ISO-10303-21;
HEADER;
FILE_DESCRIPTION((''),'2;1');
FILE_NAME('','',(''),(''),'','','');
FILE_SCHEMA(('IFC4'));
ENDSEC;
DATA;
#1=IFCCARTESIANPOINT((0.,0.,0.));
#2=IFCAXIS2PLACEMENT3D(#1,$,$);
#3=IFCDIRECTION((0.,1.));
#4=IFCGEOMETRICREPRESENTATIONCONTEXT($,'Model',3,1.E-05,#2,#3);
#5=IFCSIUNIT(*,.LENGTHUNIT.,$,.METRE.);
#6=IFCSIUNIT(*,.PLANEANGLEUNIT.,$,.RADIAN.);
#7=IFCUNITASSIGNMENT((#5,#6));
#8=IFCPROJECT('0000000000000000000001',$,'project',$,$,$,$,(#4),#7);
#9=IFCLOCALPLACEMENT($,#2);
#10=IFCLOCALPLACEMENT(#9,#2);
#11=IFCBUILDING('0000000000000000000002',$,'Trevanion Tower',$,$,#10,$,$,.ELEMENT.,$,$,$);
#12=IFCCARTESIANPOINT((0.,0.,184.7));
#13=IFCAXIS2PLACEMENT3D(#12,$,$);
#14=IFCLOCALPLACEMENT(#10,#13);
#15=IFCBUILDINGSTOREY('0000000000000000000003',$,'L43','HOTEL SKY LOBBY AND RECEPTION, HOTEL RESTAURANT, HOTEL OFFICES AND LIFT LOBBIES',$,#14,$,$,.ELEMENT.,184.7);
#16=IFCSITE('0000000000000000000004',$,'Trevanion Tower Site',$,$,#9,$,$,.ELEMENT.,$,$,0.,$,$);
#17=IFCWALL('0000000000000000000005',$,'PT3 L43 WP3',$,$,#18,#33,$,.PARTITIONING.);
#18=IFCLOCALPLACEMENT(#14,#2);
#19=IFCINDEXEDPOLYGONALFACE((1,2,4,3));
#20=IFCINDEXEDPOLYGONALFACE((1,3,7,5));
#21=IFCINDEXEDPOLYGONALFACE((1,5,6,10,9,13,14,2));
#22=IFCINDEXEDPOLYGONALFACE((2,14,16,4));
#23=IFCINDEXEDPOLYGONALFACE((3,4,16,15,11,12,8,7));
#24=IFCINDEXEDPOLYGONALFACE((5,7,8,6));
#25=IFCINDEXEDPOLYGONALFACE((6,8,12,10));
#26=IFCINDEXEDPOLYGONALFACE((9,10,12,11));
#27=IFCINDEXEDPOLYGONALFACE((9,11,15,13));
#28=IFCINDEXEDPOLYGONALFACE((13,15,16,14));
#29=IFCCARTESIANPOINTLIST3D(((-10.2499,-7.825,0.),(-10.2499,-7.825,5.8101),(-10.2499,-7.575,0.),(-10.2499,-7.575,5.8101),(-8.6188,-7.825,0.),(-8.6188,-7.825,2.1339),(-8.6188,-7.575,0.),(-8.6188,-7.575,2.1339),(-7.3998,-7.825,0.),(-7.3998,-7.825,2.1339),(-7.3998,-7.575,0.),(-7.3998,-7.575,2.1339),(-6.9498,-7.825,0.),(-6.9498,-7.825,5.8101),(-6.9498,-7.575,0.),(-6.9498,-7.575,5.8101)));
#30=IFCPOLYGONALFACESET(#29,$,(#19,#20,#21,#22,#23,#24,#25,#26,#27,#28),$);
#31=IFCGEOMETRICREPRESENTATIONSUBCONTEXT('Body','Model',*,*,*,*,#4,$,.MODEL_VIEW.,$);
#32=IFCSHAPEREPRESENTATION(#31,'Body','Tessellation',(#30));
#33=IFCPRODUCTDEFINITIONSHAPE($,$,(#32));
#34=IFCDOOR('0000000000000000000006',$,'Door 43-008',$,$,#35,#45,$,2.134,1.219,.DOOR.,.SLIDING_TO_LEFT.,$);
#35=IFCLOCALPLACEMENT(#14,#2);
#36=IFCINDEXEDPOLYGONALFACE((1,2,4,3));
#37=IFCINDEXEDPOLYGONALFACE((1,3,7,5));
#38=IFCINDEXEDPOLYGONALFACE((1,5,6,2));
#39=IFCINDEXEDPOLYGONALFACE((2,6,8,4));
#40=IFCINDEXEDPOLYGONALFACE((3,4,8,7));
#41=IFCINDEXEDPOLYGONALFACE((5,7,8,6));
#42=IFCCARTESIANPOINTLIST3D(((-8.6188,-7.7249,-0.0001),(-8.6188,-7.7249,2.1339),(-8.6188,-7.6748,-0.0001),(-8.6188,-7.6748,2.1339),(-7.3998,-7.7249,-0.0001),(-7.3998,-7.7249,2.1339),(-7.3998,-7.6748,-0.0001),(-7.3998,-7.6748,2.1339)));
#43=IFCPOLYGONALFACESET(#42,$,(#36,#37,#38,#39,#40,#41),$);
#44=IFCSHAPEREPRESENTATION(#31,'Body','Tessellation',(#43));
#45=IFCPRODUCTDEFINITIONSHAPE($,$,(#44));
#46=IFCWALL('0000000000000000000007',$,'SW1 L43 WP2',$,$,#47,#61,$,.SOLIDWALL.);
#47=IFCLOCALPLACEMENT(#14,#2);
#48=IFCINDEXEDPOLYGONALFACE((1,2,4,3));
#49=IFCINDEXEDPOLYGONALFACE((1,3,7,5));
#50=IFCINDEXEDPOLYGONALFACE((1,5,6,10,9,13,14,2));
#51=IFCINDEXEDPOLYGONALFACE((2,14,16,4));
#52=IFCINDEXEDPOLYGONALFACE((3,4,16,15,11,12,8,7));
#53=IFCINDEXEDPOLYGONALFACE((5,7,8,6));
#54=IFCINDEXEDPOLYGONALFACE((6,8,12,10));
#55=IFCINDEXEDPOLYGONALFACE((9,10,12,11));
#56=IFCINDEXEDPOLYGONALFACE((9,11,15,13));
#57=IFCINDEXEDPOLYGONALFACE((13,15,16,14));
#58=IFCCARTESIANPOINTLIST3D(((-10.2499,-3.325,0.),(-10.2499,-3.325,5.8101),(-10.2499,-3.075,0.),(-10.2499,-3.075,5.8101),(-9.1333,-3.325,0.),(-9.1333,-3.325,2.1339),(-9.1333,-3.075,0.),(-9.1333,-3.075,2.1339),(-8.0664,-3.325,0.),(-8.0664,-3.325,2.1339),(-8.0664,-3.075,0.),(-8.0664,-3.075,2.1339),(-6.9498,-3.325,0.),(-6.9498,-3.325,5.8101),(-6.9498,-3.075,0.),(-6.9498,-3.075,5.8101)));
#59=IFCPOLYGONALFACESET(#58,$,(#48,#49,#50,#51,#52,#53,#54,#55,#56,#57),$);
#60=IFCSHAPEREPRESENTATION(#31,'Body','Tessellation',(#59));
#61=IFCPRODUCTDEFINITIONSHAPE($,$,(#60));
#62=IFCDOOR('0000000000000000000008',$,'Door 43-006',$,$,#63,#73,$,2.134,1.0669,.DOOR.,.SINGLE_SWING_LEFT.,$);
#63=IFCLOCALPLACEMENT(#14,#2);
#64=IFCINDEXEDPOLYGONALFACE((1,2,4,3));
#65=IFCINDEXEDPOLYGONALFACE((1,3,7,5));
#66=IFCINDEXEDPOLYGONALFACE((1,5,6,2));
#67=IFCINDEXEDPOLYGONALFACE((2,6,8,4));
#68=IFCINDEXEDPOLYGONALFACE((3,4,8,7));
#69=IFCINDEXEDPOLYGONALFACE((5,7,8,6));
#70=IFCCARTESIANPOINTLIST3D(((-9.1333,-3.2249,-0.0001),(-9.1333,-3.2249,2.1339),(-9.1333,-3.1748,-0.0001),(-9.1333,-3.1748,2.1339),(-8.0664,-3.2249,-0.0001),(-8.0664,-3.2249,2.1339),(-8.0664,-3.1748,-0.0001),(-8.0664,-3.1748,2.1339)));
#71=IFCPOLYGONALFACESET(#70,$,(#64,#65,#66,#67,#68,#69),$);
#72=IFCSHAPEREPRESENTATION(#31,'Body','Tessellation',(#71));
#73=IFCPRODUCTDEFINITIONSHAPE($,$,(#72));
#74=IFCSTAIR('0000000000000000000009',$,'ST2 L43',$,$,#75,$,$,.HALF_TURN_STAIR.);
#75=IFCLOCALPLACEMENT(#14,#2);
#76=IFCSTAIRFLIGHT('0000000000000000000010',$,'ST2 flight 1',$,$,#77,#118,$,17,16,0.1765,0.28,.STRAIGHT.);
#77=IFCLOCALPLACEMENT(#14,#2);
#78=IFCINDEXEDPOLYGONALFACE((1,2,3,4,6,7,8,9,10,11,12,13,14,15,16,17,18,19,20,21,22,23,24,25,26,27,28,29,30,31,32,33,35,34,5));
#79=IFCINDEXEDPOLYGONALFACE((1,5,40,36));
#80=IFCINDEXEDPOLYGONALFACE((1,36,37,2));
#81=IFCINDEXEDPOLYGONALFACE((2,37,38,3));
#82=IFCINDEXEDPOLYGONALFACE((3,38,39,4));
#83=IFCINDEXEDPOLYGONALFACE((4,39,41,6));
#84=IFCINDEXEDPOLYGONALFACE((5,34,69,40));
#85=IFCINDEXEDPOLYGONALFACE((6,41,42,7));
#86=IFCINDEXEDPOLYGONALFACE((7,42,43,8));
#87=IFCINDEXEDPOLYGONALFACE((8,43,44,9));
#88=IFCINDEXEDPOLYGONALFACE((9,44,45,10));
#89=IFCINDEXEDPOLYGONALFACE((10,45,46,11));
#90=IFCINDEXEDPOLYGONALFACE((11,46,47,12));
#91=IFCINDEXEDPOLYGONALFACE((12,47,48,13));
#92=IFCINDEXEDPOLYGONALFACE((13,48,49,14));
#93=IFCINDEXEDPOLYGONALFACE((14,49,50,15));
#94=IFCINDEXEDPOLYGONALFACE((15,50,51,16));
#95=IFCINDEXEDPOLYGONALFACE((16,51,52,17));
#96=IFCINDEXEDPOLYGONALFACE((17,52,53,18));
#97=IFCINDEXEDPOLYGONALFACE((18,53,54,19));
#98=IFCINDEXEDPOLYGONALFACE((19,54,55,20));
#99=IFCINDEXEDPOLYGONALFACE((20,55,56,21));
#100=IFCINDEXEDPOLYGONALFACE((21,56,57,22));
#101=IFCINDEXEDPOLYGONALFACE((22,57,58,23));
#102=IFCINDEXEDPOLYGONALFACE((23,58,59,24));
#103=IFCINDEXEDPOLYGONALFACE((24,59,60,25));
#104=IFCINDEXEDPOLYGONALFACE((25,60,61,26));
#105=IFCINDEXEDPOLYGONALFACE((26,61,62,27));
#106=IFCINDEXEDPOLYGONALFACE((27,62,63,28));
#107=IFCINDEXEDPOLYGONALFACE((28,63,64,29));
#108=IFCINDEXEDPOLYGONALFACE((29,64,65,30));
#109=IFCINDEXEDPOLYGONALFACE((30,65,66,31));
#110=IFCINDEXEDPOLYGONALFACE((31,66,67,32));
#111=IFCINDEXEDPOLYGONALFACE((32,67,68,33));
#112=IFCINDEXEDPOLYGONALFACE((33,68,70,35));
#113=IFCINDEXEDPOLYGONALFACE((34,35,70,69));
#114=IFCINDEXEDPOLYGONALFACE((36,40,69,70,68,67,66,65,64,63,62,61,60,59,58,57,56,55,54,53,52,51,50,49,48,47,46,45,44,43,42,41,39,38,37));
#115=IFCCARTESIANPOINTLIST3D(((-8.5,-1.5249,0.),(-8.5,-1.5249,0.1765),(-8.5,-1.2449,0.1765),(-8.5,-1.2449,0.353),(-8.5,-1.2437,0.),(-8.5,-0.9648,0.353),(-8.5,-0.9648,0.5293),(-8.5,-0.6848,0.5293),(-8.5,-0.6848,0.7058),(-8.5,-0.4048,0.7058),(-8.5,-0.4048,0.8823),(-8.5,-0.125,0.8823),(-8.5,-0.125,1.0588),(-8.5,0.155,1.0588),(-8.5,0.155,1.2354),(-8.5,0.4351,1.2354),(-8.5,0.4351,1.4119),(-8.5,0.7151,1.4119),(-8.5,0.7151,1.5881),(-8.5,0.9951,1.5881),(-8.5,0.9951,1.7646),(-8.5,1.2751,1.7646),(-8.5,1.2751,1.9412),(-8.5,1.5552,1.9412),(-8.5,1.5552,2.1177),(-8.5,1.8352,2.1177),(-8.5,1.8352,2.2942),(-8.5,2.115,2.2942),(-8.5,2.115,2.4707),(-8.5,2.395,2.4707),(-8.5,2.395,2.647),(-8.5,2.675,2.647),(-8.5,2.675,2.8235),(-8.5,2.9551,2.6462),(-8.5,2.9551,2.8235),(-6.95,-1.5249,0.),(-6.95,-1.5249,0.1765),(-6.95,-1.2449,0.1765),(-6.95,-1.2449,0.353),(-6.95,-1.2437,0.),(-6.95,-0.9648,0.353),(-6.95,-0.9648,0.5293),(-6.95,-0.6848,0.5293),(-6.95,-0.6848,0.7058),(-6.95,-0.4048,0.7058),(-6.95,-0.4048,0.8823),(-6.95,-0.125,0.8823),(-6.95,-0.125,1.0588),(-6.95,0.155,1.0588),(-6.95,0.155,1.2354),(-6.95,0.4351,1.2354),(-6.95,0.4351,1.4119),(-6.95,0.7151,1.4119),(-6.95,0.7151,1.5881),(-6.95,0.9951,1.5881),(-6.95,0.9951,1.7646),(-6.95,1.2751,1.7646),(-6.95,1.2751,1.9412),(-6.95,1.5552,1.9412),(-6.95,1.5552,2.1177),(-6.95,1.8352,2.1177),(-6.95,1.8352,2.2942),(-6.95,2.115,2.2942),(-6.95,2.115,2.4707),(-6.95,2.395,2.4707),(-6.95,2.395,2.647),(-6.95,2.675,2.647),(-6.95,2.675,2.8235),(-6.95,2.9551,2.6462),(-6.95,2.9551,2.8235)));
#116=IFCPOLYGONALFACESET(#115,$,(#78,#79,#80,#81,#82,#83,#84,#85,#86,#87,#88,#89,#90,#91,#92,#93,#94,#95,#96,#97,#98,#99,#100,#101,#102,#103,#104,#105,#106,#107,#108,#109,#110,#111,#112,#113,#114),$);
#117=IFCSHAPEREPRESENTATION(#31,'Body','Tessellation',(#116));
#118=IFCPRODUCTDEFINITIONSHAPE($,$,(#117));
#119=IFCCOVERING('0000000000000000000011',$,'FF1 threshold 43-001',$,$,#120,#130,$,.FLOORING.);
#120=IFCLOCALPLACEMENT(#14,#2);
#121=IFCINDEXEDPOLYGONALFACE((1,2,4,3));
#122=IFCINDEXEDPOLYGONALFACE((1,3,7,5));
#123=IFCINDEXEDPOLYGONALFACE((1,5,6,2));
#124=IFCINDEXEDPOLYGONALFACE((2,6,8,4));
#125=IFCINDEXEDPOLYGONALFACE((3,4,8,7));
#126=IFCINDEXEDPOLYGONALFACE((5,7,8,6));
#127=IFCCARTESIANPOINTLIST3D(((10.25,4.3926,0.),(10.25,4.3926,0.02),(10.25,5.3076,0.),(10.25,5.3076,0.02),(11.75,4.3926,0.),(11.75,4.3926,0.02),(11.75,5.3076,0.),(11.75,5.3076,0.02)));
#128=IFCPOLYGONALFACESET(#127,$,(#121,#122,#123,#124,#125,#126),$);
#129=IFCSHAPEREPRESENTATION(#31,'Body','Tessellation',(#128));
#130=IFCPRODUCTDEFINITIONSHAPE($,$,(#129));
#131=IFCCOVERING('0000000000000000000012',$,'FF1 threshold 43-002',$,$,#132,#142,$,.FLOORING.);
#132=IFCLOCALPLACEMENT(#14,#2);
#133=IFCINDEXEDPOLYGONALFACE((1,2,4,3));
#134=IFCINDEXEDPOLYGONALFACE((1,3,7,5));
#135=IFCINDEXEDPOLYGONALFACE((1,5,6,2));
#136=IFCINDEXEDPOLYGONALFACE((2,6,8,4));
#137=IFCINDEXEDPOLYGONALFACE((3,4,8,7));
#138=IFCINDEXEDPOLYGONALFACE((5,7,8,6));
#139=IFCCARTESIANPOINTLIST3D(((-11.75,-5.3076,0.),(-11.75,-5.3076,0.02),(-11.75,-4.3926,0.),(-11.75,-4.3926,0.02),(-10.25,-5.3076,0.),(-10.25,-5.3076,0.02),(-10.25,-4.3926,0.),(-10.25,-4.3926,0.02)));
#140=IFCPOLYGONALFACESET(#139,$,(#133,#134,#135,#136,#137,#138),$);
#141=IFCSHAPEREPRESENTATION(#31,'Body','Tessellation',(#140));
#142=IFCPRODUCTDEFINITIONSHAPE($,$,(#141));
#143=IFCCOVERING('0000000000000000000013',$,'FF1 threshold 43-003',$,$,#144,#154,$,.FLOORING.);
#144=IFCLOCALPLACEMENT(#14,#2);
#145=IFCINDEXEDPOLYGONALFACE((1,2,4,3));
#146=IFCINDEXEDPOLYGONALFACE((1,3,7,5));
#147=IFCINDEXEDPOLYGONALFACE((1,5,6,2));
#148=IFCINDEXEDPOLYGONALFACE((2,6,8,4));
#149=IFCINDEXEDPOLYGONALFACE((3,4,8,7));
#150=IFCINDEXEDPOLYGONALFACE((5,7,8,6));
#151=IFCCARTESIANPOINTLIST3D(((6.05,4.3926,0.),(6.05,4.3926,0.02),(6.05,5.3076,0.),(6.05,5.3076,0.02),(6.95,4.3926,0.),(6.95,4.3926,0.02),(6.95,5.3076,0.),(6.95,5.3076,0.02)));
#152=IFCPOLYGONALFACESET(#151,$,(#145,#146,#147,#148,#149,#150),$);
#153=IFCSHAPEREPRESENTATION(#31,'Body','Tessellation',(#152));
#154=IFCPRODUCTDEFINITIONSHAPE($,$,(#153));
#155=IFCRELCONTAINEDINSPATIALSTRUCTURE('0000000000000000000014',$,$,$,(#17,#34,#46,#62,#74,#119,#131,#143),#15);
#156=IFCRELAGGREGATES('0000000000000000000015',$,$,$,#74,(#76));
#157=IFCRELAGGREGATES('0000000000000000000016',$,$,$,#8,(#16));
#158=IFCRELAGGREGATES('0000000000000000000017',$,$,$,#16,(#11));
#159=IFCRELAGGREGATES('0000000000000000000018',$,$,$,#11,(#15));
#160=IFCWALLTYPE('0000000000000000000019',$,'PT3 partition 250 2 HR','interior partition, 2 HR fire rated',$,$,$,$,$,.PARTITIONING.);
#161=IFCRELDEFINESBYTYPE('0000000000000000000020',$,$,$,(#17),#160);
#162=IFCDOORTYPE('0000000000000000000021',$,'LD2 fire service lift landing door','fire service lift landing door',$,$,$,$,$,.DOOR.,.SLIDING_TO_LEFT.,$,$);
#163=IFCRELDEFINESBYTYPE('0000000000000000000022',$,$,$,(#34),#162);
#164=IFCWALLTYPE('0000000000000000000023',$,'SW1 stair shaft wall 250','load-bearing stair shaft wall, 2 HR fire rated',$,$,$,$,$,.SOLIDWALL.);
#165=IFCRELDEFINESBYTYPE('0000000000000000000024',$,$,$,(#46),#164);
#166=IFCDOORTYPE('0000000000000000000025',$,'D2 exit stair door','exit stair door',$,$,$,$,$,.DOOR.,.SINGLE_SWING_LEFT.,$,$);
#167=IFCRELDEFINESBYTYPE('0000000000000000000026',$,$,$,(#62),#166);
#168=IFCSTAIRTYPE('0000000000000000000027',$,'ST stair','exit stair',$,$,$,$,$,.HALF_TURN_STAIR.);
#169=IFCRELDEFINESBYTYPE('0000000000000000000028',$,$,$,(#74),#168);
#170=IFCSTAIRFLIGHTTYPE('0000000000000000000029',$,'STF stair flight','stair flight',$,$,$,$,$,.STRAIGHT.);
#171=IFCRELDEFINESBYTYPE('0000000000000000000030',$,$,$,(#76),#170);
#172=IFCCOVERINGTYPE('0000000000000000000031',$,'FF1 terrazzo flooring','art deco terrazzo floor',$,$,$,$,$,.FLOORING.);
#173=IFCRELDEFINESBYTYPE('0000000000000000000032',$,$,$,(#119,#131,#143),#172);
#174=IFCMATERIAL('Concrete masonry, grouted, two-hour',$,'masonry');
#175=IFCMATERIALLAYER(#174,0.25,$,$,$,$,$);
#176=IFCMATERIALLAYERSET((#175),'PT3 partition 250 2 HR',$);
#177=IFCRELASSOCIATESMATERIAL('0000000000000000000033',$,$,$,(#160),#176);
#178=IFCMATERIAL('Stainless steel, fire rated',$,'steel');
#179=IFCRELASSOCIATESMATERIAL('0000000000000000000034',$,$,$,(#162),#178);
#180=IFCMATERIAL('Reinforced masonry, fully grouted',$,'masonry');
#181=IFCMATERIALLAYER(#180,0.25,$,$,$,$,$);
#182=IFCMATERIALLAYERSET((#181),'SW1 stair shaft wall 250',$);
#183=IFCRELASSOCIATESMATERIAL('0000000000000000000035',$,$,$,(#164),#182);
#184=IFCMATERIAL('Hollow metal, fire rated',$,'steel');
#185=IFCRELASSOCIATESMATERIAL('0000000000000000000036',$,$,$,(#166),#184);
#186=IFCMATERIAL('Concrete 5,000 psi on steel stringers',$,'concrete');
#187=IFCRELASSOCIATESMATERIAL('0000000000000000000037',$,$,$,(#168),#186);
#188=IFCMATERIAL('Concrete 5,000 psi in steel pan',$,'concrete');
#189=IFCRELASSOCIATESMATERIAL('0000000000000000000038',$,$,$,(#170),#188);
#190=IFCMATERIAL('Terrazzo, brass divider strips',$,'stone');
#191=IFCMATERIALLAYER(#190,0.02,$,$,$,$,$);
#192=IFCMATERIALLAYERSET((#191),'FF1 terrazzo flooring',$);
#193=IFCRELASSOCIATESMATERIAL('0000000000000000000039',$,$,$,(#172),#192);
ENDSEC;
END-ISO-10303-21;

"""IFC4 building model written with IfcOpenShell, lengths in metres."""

from ifc_helpers import new_model, si_unit, direction, frame, frame_2d, origin, place, context, subcontext, project, spatial, polyline, rectangle, outline, extrude, material, layer, layer_set, type_object, element, fill, aggregate, save


model = new_model("IFC4")

# Units and contexts
model_context = context("Model", 3, precision=1e-05, world=origin(), true_north=direction((0.0, 1.0)))
body_context = subcontext(model_context, "Body", "Model", "MODEL_VIEW")
ifc_project = project(units=[si_unit("LENGTHUNIT", "METRE"), si_unit("PLANEANGLEUNIT", "RADIAN")], contexts=[model_context])

# Site, building, storey
site_placement = place(None, origin())
site = spatial("IfcSite", under=ifc_project, at=site_placement, Name="Trevanion Tower Site", CompositionType="ELEMENT", RefElevation=0.0)
building_placement = place(site_placement, origin())
building = spatial("IfcBuilding", under=site, at=building_placement, Name="Trevanion Tower", CompositionType="ELEMENT")
storey_placement = place(building_placement, frame((0.0, 0.0, 184.7)))
storey = spatial("IfcBuildingStorey", under=building, at=storey_placement, Name="L43", Description="HOTEL SKY LOBBY AND RECEPTION, HOTEL RESTAURANT, HOTEL OFFICES AND LIFT LOBBIES", CompositionType="ELEMENT", Elevation=184.7)

# Walls, openings, doors
ifc_material_1 = material(Name="Concrete masonry, grouted, two-hour", Category="masonry")
ifc_layer_1 = layer(ifc_material_1, 0.25)
ifc_layer_set_1 = layer_set([ifc_layer_1], Name="PT3 partition 250 2 HR")
wall_type_1 = type_object("IfcWallType", Name="PT3 partition 250 2 HR", Description="interior partition, 2 HR fire rated", PredefinedType="PARTITIONING", material=ifc_layer_set_1)
wall_1_placement = place(storey_placement, frame((-6.95, -7.7, 0.0), z_axis=(0.0, 0.0, 1.0), x_axis=(-1.0, 0.0, 0.0)))
wall_1 = element("IfcWall", 1, at=wall_1_placement, inside=storey, type_object=wall_type_1, Name="PT3 L43 WP3", PredefinedType="PARTITIONING", context=body_context, shape_type="SweptSolid", body=[
    extrude(rectangle(XDim=3.3, YDim=0.25, at=frame_2d((1.6499, 0.0))), origin(), (0.0, 0.0, 1.0), 5.8101),
])
opening_1_placement = place(wall_1_placement, frame((0.45, 0.0, 0.0)))
opening_1 = element("IfcOpeningElement", 2, at=opening_1_placement, cuts=wall_1, PredefinedType="OPENING", context=body_context, shape_type="SweptSolid", body=[
    extrude(rectangle(XDim=1.219, YDim=2.134, at=frame_2d((0.6094, 1.0669))), frame((0.0, 0.135, 0.0), z_axis=(0.0, -1.0, 0.0), x_axis=(1.0, 0.0, 0.0)), (0.0, 0.0, 1.0), 0.27),
])
ifc_material_2 = material(Name="Stainless steel, fire rated", Category="steel")
door_type_1 = type_object("IfcDoorType", Name="LD2 fire service lift landing door", Description="fire service lift landing door", OperationType="SLIDING_TO_LEFT", PredefinedType="DOOR", material=ifc_material_2)
door_1_placement = place(opening_1_placement, origin())
door_1 = element("IfcDoor", 3, at=door_1_placement, inside=storey, type_object=door_type_1, Name="Door 43-008", OperationType="SLIDING_TO_LEFT", OverallHeight=2.134, OverallWidth=1.219, PredefinedType="DOOR", context=body_context, shape_type="SweptSolid", body=[
    extrude(rectangle(XDim=1.219, YDim=2.134, at=frame_2d((0.6094, 1.0669))), frame((0.0, 0.0249, 0.0), z_axis=(0.0, -1.0, 0.0), x_axis=(1.0, 0.0, 0.0)), (0.0, 0.0, 1.0), 0.05),
])
fill(opening_1, door_1)
ifc_material_3 = material(Name="Reinforced masonry, fully grouted", Category="masonry")
ifc_layer_2 = layer(ifc_material_3, 0.25)
ifc_layer_set_2 = layer_set([ifc_layer_2], Name="SW1 stair shaft wall 250")
wall_type_2 = type_object("IfcWallType", Name="SW1 stair shaft wall 250", Description="load-bearing stair shaft wall, 2 HR fire rated", PredefinedType="SOLIDWALL", material=ifc_layer_set_2)
wall_2_placement = place(storey_placement, frame((-6.95, -3.2, 0.0), z_axis=(0.0, 0.0, 1.0), x_axis=(-1.0, 0.0, 0.0)))
wall_2 = element("IfcWall", 4, at=wall_2_placement, inside=storey, type_object=wall_type_2, Name="SW1 L43 WP2", PredefinedType="SOLIDWALL", context=body_context, shape_type="SweptSolid", body=[
    extrude(rectangle(XDim=3.3, YDim=0.25, at=frame_2d((1.6499, 0.0))), origin(), (0.0, 0.0, 1.0), 5.8101),
])
opening_2_placement = place(wall_2_placement, frame((1.1165, 0.0, 0.0)))
opening_2 = element("IfcOpeningElement", 5, at=opening_2_placement, cuts=wall_2, PredefinedType="OPENING", context=body_context, shape_type="SweptSolid", body=[
    extrude(rectangle(XDim=1.0669, YDim=2.134, at=frame_2d((0.5334, 1.0669))), frame((0.0, 0.135, 0.0), z_axis=(0.0, -1.0, 0.0), x_axis=(1.0, 0.0, 0.0)), (0.0, 0.0, 1.0), 0.27),
])
ifc_material_4 = material(Name="Hollow metal, fire rated", Category="steel")
door_type_2 = type_object("IfcDoorType", Name="D2 exit stair door", Description="exit stair door", OperationType="SINGLE_SWING_LEFT", PredefinedType="DOOR", material=ifc_material_4)
door_2_placement = place(opening_2_placement, origin())
door_2 = element("IfcDoor", 6, at=door_2_placement, inside=storey, type_object=door_type_2, Name="Door 43-006", OperationType="SINGLE_SWING_LEFT", OverallHeight=2.134, OverallWidth=1.0669, PredefinedType="DOOR", context=body_context, shape_type="SweptSolid", body=[
    extrude(rectangle(XDim=1.0669, YDim=2.134, at=frame_2d((0.5334, 1.0669))), frame((0.0, 0.0249, 0.0), z_axis=(0.0, -1.0, 0.0), x_axis=(1.0, 0.0, 0.0)), (0.0, 0.0, 1.0), 0.05),
])
fill(opening_2, door_2)

# Stair, stair flight
ifc_material_5 = material(Name="Concrete 5,000 psi on steel stringers", Category="concrete")
stair_type = type_object("IfcStairType", Name="ST stair", Description="exit stair", PredefinedType="HALF_TURN_STAIR", material=ifc_material_5)
stair_placement = place(storey_placement, origin())
stair = element("IfcStair", 7, at=stair_placement, inside=storey, type_object=stair_type, Name="ST2 L43", PredefinedType="HALF_TURN_STAIR")
ifc_material_6 = material(Name="Concrete 5,000 psi in steel pan", Category="concrete")
stair_flight_type = type_object("IfcStairFlightType", Name="STF stair flight", Description="stair flight", PredefinedType="STRAIGHT", material=ifc_material_6)
stair_flight_placement = place(storey_placement, frame((-7.7251, -1.5249, 0.0), z_axis=(0.0, 0.0, 1.0), x_axis=(0.0, 1.0, 0.0)))
stair_flight = element("IfcStairFlight", 8, at=stair_flight_placement, type_object=stair_flight_type, Name="ST2 flight 1", NumberOfRisers=17, NumberOfTreads=16, PredefinedType="STRAIGHT", RiserHeight=0.1765, TreadLength=0.28, context=body_context, shape_type="SweptSolid", body=[
    extrude(outline(polyline([(0.0, 0.0), (0.0, 0.1765), (0.28, 0.1765), (0.28, 0.353), (0.5601, 0.353), (0.5601, 0.5293), (0.8401, 0.5293), (0.8401, 0.7058), (1.1201, 0.7058), (1.1201, 0.8823), (1.3999, 0.8823), (1.3999, 1.0588), (1.6799, 1.0588), (1.6799, 1.2354), (1.96, 1.2354), (1.96, 1.4119), (2.24, 1.4119), (2.24, 1.5881), (2.52, 1.5881), (2.52, 1.7646), (2.8, 1.7646), (2.8, 1.9412), (3.0801, 1.9412), (3.0801, 2.1177), (3.3601, 2.1177), (3.3601, 2.2942), (3.6399, 2.2942), (3.6399, 2.4707), (3.9199, 2.4707), (3.9199, 2.647), (4.2, 2.647), (4.2, 2.8235), (4.48, 2.8235), (4.48, 3.0), (4.48, 2.6462), (0.2812, 0.0), (0.0, 0.0)])), frame((0.0, 0.7749, 0.0), z_axis=(0.0, -1.0, 0.0), x_axis=(1.0, 0.0, 0.0)), (0.0, 0.0, 1.0), 1.55),
])
aggregate(stair, [stair_flight])

# Coverings
ifc_material_7 = material(Name="Terrazzo, brass divider strips", Category="stone")
ifc_layer_3 = layer(ifc_material_7, 0.02)
ifc_layer_set_3 = layer_set([ifc_layer_3], Name="FF1 terrazzo flooring")
covering_type_1 = type_object("IfcCoveringType", Name="FF1 terrazzo flooring", Description="art deco terrazzo floor", PredefinedType="FLOORING", material=ifc_layer_set_3)
covering_1_placement = place(storey_placement, origin())
element("IfcCovering", 9, at=covering_1_placement, inside=storey, type_object=covering_type_1, Name="FF1 threshold 43-001", PredefinedType="FLOORING", context=body_context, shape_type="SweptSolid", body=[
    extrude(outline(polyline([(11.75, 4.3926), (11.75, 5.3076), (10.25, 5.3076), (10.25, 4.3926), (11.75, 4.3926)])), origin(), (0.0, 0.0, 1.0), 0.02),
])
covering_2_placement = place(storey_placement, origin())
element("IfcCovering", 10, at=covering_2_placement, inside=storey, type_object=covering_type_1, Name="FF1 threshold 43-002", PredefinedType="FLOORING", context=body_context, shape_type="SweptSolid", body=[
    extrude(outline(polyline([(-11.75, -4.3926), (-11.75, -5.3076), (-10.25, -5.3076), (-10.25, -4.3926), (-11.75, -4.3926)])), origin(), (0.0, 0.0, 1.0), 0.02),
])
covering_3_placement = place(storey_placement, origin())
element("IfcCovering", 11, at=covering_3_placement, inside=storey, type_object=covering_type_1, Name="FF1 threshold 43-003", PredefinedType="FLOORING", context=body_context, shape_type="SweptSolid", body=[
    extrude(outline(polyline([(6.95, 4.3926), (6.95, 5.3076), (6.05, 5.3076), (6.05, 4.3926), (6.95, 4.3926)])), origin(), (0.0, 0.0, 1.0), 0.02),
])

save(model, "model.ifc")
